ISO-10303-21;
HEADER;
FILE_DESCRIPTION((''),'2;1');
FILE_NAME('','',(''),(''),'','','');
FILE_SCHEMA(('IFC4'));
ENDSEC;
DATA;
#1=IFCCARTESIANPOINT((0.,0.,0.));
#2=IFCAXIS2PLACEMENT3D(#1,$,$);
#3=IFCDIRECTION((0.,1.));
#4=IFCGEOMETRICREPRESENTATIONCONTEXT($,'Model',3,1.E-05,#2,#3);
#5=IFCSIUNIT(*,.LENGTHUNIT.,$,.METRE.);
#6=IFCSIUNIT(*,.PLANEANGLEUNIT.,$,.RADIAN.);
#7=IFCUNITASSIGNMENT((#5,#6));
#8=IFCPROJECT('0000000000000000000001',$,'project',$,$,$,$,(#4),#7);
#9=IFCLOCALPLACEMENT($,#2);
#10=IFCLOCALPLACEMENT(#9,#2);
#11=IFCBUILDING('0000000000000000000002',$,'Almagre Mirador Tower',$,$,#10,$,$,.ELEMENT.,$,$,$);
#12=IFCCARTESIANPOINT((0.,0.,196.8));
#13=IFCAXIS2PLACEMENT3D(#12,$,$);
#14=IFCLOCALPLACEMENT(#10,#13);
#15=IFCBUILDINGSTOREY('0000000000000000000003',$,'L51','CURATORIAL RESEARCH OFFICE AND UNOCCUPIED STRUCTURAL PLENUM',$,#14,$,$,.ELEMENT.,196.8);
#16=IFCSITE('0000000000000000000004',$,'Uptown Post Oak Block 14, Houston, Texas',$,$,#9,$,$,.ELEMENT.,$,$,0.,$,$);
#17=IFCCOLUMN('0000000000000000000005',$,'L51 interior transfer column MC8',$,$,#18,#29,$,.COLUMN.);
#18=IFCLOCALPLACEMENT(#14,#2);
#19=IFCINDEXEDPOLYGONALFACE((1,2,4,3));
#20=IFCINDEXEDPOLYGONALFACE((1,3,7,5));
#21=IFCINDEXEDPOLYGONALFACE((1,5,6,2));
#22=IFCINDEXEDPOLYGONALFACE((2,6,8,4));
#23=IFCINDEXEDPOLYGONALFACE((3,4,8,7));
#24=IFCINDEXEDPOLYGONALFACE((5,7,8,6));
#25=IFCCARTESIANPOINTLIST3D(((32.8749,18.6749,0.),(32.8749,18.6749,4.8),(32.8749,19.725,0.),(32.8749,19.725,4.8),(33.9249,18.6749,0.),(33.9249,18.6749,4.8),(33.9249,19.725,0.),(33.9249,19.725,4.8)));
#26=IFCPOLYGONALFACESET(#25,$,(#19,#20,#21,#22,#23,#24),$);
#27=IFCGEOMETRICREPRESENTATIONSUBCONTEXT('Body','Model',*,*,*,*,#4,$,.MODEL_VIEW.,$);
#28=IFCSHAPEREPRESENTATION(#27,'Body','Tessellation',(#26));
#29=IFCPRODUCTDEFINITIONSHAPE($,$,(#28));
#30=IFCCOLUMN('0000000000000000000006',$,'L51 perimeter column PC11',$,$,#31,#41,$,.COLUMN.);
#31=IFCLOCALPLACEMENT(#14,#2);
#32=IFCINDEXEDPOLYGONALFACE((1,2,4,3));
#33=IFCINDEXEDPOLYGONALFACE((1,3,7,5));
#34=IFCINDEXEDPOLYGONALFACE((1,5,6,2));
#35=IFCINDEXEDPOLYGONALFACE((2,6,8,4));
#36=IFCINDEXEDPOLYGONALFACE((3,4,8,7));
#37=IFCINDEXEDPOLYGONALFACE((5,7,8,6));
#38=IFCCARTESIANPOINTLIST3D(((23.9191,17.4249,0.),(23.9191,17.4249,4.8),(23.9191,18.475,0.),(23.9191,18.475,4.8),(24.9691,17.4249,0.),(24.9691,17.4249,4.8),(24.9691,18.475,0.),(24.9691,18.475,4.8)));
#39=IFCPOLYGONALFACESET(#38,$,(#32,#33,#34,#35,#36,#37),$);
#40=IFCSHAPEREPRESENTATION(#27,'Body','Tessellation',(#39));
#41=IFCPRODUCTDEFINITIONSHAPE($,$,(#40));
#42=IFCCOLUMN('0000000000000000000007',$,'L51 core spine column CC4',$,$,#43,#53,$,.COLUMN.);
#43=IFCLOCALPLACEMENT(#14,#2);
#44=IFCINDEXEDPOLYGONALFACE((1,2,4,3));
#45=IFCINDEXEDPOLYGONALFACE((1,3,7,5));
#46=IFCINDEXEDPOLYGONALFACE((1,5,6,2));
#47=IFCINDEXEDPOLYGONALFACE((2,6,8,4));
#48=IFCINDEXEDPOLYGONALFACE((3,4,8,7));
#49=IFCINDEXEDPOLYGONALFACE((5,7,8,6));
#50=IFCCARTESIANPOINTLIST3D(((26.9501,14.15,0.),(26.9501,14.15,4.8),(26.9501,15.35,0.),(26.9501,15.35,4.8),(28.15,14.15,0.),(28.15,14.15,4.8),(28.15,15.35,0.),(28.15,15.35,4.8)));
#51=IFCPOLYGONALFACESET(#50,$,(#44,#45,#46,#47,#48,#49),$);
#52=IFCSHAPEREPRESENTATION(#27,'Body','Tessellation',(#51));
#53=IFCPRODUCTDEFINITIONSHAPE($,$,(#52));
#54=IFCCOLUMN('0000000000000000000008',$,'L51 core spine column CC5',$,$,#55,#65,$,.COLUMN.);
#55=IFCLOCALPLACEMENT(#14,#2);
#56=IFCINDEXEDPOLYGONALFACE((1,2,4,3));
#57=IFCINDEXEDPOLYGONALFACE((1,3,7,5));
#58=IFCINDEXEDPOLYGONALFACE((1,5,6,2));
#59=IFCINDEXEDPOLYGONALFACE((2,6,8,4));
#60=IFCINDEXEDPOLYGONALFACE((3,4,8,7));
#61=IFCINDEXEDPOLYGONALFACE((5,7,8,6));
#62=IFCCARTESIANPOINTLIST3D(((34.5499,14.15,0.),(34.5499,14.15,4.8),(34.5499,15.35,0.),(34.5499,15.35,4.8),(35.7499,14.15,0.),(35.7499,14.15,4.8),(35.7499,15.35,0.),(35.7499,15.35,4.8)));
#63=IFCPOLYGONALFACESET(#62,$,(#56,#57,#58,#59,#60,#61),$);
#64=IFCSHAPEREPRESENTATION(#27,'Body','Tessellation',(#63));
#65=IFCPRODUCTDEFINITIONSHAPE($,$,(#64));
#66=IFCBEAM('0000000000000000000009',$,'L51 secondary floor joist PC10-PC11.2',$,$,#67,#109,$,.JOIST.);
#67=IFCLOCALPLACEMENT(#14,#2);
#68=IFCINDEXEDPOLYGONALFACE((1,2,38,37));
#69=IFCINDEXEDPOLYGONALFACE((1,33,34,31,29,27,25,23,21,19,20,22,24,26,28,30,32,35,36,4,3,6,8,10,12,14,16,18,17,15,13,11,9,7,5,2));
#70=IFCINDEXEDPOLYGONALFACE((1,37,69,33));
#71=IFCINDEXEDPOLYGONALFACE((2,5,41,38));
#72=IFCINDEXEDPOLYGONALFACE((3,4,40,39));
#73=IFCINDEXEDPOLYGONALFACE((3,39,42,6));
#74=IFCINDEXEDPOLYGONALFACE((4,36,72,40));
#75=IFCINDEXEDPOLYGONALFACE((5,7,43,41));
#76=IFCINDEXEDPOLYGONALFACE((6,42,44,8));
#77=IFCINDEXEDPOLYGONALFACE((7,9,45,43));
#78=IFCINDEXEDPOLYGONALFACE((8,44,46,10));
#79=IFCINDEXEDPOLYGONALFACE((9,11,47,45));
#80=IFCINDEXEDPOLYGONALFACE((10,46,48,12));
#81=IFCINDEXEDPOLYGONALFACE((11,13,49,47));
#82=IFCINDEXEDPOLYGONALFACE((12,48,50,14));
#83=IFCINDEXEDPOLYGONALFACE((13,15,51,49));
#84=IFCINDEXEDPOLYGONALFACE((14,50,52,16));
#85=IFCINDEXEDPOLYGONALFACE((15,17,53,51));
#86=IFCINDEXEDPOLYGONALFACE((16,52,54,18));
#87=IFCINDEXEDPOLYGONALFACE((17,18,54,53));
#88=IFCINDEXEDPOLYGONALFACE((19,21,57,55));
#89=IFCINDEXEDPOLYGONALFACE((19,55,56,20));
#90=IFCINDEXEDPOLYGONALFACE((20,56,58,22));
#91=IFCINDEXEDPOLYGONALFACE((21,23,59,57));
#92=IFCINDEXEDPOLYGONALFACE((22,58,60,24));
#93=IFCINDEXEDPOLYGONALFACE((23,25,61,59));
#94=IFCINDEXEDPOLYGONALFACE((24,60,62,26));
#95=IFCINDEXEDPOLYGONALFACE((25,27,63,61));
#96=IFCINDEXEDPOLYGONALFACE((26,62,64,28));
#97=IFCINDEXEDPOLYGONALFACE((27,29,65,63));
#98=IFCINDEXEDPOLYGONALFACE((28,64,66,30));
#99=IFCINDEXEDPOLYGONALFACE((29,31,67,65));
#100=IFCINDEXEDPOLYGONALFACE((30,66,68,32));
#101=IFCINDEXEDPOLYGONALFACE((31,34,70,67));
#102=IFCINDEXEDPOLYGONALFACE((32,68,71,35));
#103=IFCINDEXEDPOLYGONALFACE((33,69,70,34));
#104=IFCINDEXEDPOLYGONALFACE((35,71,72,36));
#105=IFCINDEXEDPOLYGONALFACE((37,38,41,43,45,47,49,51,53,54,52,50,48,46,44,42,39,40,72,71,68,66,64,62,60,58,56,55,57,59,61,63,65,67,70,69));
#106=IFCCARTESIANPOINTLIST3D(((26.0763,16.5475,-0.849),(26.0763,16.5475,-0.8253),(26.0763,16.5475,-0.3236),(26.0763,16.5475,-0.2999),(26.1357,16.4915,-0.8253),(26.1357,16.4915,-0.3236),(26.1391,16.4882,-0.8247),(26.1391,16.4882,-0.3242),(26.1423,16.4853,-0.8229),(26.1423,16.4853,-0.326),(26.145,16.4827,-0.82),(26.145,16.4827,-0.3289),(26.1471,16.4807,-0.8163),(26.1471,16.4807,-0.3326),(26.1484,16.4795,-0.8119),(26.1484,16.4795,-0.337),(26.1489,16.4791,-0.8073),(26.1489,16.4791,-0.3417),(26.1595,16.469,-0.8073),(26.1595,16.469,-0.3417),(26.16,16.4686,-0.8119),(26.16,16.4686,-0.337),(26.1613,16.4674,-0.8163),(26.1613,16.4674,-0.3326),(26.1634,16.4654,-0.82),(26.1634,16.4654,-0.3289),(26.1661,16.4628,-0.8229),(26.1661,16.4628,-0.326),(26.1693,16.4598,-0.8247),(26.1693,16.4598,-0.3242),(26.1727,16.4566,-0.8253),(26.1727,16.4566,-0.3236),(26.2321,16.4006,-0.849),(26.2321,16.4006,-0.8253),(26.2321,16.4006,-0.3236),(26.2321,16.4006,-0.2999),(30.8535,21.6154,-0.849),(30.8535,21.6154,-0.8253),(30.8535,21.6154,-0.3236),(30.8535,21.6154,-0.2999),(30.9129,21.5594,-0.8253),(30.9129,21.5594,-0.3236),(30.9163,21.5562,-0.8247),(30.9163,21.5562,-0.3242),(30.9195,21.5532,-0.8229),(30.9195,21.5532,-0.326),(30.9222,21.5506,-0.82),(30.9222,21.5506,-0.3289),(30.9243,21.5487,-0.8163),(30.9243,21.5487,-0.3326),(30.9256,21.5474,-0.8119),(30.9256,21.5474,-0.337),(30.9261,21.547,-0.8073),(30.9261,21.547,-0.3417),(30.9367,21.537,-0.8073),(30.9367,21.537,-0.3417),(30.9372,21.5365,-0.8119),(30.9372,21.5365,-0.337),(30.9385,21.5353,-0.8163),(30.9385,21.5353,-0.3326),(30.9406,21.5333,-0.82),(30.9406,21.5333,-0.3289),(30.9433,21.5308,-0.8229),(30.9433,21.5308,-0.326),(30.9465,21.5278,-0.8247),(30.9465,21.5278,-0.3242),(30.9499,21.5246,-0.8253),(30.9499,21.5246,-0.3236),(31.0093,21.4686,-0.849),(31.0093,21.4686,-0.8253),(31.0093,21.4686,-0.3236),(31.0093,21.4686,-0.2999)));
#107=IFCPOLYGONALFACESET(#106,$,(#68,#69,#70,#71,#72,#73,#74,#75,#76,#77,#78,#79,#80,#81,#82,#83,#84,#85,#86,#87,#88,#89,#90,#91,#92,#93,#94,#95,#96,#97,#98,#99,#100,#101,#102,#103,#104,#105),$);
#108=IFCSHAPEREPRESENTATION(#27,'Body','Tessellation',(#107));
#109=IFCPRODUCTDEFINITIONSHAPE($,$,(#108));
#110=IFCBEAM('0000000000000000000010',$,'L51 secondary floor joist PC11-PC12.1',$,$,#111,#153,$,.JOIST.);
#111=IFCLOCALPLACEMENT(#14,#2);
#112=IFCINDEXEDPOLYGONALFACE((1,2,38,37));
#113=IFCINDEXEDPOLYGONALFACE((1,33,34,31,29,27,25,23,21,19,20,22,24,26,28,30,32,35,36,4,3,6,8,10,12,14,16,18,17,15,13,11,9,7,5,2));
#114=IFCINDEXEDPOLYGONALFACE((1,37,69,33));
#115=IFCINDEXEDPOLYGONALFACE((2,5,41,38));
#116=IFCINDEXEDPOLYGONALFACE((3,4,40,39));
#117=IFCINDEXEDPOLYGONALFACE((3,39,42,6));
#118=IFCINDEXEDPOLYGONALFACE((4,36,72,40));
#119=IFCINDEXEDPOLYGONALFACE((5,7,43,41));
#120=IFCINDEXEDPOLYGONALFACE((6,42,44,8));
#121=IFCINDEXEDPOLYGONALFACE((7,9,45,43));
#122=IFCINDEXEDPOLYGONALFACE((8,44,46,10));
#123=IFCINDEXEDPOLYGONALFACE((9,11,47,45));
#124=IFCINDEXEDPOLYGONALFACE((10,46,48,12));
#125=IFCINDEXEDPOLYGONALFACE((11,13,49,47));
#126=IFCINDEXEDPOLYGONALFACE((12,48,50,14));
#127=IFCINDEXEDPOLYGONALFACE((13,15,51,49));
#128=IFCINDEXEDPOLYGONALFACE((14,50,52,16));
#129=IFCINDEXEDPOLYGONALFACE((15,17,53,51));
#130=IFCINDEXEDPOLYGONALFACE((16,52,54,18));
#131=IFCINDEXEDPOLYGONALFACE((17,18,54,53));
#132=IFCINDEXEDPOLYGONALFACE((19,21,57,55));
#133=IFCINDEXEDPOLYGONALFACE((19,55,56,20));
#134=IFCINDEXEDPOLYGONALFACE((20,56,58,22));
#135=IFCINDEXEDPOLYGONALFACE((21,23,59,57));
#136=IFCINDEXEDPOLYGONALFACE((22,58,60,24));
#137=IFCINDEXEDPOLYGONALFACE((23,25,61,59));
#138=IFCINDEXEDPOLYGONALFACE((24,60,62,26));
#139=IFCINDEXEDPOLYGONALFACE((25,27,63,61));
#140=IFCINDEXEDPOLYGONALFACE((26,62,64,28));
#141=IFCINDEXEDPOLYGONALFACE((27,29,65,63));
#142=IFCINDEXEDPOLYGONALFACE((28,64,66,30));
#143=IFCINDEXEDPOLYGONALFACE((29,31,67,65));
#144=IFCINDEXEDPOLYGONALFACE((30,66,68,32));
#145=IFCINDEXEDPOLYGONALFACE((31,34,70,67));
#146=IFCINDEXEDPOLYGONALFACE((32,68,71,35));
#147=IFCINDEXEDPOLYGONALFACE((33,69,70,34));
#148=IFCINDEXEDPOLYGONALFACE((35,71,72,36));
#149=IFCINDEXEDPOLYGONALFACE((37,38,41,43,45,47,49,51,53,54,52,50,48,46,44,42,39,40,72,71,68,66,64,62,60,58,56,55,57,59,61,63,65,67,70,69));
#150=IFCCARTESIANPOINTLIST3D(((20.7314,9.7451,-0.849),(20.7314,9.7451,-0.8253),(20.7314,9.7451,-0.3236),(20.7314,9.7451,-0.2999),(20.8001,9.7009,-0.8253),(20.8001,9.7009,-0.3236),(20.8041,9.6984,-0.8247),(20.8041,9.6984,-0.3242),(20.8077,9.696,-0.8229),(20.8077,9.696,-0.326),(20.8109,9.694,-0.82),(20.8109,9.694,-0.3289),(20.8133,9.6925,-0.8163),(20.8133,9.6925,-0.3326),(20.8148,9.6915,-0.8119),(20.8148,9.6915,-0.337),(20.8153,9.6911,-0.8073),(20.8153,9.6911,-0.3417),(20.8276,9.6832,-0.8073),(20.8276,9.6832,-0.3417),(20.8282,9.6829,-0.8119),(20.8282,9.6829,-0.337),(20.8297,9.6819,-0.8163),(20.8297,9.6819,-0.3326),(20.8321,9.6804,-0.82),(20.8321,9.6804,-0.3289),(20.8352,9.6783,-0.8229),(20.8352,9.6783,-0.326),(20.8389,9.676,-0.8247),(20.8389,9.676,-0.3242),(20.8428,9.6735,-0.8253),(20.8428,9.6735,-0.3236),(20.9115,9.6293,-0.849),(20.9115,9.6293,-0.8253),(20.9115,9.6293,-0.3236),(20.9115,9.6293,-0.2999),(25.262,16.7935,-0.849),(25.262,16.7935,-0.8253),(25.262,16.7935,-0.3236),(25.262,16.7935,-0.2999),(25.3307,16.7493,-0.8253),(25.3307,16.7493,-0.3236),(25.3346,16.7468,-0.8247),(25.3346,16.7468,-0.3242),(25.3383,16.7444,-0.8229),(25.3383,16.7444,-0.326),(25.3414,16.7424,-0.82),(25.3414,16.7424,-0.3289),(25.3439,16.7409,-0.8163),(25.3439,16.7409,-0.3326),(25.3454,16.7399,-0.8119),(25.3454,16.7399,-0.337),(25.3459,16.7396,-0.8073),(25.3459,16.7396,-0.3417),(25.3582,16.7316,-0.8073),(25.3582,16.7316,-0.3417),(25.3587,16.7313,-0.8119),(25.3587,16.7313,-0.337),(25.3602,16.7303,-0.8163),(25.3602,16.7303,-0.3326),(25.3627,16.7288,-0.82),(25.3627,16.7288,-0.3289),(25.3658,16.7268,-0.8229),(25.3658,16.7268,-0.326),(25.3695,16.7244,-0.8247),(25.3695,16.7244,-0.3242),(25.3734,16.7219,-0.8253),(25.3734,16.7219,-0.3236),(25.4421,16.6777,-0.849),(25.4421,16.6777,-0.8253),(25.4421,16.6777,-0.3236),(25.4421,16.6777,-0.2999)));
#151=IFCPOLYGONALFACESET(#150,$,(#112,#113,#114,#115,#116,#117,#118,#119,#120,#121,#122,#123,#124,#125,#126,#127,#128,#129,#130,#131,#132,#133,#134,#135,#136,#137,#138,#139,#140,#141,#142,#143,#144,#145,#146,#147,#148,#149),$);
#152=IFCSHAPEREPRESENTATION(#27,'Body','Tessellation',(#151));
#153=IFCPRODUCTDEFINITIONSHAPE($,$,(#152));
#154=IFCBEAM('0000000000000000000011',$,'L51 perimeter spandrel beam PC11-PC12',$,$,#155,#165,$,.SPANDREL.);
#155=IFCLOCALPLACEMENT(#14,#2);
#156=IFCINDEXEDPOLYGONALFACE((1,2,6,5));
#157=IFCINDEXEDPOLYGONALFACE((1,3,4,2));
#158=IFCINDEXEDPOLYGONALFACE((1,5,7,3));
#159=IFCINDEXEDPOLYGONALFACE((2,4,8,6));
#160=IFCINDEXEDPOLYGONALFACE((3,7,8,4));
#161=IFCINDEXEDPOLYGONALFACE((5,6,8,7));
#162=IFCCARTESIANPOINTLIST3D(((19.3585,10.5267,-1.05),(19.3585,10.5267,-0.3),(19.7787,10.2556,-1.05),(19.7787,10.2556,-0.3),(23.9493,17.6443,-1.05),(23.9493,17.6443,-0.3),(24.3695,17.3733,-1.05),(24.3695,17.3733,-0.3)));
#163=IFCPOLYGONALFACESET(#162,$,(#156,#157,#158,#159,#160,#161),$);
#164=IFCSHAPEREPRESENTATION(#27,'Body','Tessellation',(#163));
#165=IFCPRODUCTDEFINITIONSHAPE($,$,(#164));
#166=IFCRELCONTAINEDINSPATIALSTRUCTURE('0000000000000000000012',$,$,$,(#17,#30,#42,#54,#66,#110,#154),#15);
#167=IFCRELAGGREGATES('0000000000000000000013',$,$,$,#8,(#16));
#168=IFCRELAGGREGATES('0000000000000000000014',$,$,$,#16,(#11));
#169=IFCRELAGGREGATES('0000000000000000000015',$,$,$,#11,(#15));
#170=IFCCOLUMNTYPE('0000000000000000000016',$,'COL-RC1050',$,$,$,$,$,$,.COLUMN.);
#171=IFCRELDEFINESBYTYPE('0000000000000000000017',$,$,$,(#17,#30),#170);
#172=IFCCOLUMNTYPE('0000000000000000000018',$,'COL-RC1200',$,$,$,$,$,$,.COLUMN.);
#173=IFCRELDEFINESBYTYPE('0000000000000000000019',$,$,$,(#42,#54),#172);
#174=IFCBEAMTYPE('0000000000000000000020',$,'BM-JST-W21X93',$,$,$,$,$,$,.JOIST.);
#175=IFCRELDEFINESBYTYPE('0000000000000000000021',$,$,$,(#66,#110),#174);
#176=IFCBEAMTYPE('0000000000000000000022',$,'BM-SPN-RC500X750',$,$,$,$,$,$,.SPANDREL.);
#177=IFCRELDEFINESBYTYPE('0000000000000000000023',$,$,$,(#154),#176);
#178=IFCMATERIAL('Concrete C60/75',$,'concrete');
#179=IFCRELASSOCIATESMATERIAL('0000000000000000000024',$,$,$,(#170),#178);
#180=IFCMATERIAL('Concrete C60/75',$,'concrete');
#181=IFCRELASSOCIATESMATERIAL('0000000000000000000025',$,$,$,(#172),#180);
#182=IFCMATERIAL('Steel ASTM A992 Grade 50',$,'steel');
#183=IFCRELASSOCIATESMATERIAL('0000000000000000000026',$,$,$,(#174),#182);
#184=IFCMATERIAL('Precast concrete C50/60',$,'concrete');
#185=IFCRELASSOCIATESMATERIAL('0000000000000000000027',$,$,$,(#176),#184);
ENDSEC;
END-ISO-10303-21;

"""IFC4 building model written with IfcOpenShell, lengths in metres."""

from ifc_helpers import new_model, si_unit, direction, frame, origin, origin_2d, place, context, subcontext, project, spatial, rectangle, i_section, extrude, material, material_profile, profile_set, type_object, element, save


model = new_model("IFC4")

# Units and contexts
model_context = context("Model", 3, precision=1e-05, world=origin(), true_north=direction((0.0, 1.0)))
body_context = subcontext(model_context, "Body", "Model", "MODEL_VIEW")
ifc_project = project(units=[si_unit("LENGTHUNIT", "METRE"), si_unit("PLANEANGLEUNIT", "RADIAN")], contexts=[model_context])

# Site, building, storey
site_placement = place(None, origin())
site = spatial("IfcSite", under=ifc_project, at=site_placement, Name="Uptown Post Oak Block 14, Houston, Texas", CompositionType="ELEMENT", RefElevation=0.0)
building_placement = place(site_placement, origin())
building = spatial("IfcBuilding", under=site, at=building_placement, Name="Almagre Mirador Tower", CompositionType="ELEMENT")
storey_placement = place(building_placement, frame((0.0, 0.0, 196.8)))
storey = spatial("IfcBuildingStorey", under=building, at=storey_placement, Name="L51", Description="CURATORIAL RESEARCH OFFICE AND UNOCCUPIED STRUCTURAL PLENUM", CompositionType="ELEMENT", Elevation=196.8)

# Columns
ifc_material_1 = material(Name="Concrete C60/75", Category="concrete")
ifc_material_profile_1 = material_profile(ifc_material_1, rectangle(XDim=1.05, YDim=1.05, at=origin_2d()), Name="RC1050X1050")
ifc_profile_set_1 = profile_set([ifc_material_profile_1], Name="Concrete C60/75")
column_type_1 = type_object("IfcColumnType", Name="COL-RC1050", PredefinedType="COLUMN", material=ifc_profile_set_1)
for number, where, z_axis, x_axis, name in (
    (1, (33.3999, 19.2, 0.0), (0.0, 0.0, 1.0), (1.0, 0.0, 0.0), "L51 interior transfer column MC8"),
    (2, (24.4441, 17.95, 0.0), (0.0, 0.0, 1.0), (1.0, 0.0, 0.0), "L51 perimeter column PC11"),
):
    element("IfcColumn", number, at=place(storey_placement, frame(where, z_axis=z_axis, x_axis=x_axis)), inside=storey, type_object=column_type_1, Name=name, PredefinedType="COLUMN", context=body_context, shape_type="SweptSolid", body=[
        extrude(rectangle(XDim=1.05, YDim=1.05, at=origin_2d()), origin(), (0.0, 0.0, 1.0), 4.8),
    ])
ifc_material_2 = material(Name="Concrete C60/75", Category="concrete")
ifc_material_profile_2 = material_profile(ifc_material_2, rectangle(XDim=1.2, YDim=1.2, at=origin_2d()), Name="RC1200X1200")
ifc_profile_set_2 = profile_set([ifc_material_profile_2], Name="Concrete C60/75")
column_type_2 = type_object("IfcColumnType", Name="COL-RC1200", PredefinedType="COLUMN", material=ifc_profile_set_2)
for number, where, z_axis, x_axis, name in (
    (3, (27.55, 14.75, 0.0), (0.0, 0.0, 1.0), (1.0, 0.0, 0.0), "L51 core spine column CC4"),
    (4, (35.1499, 14.75, 0.0), (0.0, 0.0, 1.0), (1.0, 0.0, 0.0), "L51 core spine column CC5"),
):
    element("IfcColumn", number, at=place(storey_placement, frame(where, z_axis=z_axis, x_axis=x_axis)), inside=storey, type_object=column_type_2, Name=name, PredefinedType="COLUMN", context=body_context, shape_type="SweptSolid", body=[
        extrude(rectangle(XDim=1.2, YDim=1.2, at=origin_2d()), origin(), (0.0, 0.0, 1.0), 4.8),
    ])

# Beams
ifc_material_3 = material(Name="Steel ASTM A992 Grade 50", Category="steel")
ifc_material_profile_3 = material_profile(ifc_material_3, i_section(OverallWidth=0.2141, OverallDepth=0.5491, WebThickness=0.0146, FlangeThickness=0.0237, FilletRadius=0.0181, at=origin_2d()), Name="W21X93")
ifc_profile_set_3 = profile_set([ifc_material_profile_3], Name="Steel ASTM A992 Grade 50")
beam_type_1 = type_object("IfcBeamType", Name="BM-JST-W21X93", PredefinedType="JOIST", material=ifc_profile_set_3)
beam_1_placement = place(storey_placement, frame((30.9314, 21.542, -0.5745), z_axis=(-0.685923, -0.727674, 0.0), x_axis=(0.727674, -0.685923, 0.0)))
element("IfcBeam", 5, at=beam_1_placement, inside=storey, type_object=beam_type_1, Name="L51 secondary floor joist PC10-PC11.2", PredefinedType="JOIST", context=body_context, shape_type="SweptSolid", body=[
    extrude(i_section(OverallWidth=0.2141, OverallDepth=0.5491, WebThickness=0.0146, FlangeThickness=0.0237, FilletRadius=0.0181, at=origin_2d()), origin(), (0.0, 0.0, 1.0), 6.9646),
])
beam_2_placement = place(storey_placement, frame((25.3521, 16.7356, -0.5745), z_axis=(-0.54071, -0.841209, 0.0), x_axis=(0.841209, -0.54071, 0.0)))
element("IfcBeam", 6, at=beam_2_placement, inside=storey, type_object=beam_type_1, Name="L51 secondary floor joist PC11-PC12.1", PredefinedType="JOIST", context=body_context, shape_type="SweptSolid", body=[
    extrude(i_section(OverallWidth=0.2141, OverallDepth=0.5491, WebThickness=0.0146, FlangeThickness=0.0237, FilletRadius=0.0181, at=origin_2d()), origin(), (0.0, 0.0, 1.0), 8.3789),
])
ifc_material_4 = material(Name="Precast concrete C50/60", Category="concrete")
ifc_material_profile_4 = material_profile(ifc_material_4, rectangle(XDim=0.5, YDim=0.75, at=origin_2d()), Name="RC500X750")
ifc_profile_set_4 = profile_set([ifc_material_profile_4], Name="Precast concrete C50/60")
beam_type_2 = type_object("IfcBeamType", Name="BM-SPN-RC500X750", PredefinedType="SPANDREL", material=ifc_profile_set_4)
beam_3_placement = place(storey_placement, frame((24.1594, 17.5088, -0.675), z_axis=(-0.542024, -0.840363, 0.0), x_axis=(0.840363, -0.542024, 0.0)))
element("IfcBeam", 7, at=beam_3_placement, inside=storey, type_object=beam_type_2, Name="L51 perimeter spandrel beam PC11-PC12", PredefinedType="SPANDREL", context=body_context, shape_type="SweptSolid", body=[
    extrude(rectangle(XDim=0.5, YDim=0.75, at=origin_2d()), origin(), (0.0, 0.0, 1.0), 8.4697),
])

save(model, "model.ifc")
